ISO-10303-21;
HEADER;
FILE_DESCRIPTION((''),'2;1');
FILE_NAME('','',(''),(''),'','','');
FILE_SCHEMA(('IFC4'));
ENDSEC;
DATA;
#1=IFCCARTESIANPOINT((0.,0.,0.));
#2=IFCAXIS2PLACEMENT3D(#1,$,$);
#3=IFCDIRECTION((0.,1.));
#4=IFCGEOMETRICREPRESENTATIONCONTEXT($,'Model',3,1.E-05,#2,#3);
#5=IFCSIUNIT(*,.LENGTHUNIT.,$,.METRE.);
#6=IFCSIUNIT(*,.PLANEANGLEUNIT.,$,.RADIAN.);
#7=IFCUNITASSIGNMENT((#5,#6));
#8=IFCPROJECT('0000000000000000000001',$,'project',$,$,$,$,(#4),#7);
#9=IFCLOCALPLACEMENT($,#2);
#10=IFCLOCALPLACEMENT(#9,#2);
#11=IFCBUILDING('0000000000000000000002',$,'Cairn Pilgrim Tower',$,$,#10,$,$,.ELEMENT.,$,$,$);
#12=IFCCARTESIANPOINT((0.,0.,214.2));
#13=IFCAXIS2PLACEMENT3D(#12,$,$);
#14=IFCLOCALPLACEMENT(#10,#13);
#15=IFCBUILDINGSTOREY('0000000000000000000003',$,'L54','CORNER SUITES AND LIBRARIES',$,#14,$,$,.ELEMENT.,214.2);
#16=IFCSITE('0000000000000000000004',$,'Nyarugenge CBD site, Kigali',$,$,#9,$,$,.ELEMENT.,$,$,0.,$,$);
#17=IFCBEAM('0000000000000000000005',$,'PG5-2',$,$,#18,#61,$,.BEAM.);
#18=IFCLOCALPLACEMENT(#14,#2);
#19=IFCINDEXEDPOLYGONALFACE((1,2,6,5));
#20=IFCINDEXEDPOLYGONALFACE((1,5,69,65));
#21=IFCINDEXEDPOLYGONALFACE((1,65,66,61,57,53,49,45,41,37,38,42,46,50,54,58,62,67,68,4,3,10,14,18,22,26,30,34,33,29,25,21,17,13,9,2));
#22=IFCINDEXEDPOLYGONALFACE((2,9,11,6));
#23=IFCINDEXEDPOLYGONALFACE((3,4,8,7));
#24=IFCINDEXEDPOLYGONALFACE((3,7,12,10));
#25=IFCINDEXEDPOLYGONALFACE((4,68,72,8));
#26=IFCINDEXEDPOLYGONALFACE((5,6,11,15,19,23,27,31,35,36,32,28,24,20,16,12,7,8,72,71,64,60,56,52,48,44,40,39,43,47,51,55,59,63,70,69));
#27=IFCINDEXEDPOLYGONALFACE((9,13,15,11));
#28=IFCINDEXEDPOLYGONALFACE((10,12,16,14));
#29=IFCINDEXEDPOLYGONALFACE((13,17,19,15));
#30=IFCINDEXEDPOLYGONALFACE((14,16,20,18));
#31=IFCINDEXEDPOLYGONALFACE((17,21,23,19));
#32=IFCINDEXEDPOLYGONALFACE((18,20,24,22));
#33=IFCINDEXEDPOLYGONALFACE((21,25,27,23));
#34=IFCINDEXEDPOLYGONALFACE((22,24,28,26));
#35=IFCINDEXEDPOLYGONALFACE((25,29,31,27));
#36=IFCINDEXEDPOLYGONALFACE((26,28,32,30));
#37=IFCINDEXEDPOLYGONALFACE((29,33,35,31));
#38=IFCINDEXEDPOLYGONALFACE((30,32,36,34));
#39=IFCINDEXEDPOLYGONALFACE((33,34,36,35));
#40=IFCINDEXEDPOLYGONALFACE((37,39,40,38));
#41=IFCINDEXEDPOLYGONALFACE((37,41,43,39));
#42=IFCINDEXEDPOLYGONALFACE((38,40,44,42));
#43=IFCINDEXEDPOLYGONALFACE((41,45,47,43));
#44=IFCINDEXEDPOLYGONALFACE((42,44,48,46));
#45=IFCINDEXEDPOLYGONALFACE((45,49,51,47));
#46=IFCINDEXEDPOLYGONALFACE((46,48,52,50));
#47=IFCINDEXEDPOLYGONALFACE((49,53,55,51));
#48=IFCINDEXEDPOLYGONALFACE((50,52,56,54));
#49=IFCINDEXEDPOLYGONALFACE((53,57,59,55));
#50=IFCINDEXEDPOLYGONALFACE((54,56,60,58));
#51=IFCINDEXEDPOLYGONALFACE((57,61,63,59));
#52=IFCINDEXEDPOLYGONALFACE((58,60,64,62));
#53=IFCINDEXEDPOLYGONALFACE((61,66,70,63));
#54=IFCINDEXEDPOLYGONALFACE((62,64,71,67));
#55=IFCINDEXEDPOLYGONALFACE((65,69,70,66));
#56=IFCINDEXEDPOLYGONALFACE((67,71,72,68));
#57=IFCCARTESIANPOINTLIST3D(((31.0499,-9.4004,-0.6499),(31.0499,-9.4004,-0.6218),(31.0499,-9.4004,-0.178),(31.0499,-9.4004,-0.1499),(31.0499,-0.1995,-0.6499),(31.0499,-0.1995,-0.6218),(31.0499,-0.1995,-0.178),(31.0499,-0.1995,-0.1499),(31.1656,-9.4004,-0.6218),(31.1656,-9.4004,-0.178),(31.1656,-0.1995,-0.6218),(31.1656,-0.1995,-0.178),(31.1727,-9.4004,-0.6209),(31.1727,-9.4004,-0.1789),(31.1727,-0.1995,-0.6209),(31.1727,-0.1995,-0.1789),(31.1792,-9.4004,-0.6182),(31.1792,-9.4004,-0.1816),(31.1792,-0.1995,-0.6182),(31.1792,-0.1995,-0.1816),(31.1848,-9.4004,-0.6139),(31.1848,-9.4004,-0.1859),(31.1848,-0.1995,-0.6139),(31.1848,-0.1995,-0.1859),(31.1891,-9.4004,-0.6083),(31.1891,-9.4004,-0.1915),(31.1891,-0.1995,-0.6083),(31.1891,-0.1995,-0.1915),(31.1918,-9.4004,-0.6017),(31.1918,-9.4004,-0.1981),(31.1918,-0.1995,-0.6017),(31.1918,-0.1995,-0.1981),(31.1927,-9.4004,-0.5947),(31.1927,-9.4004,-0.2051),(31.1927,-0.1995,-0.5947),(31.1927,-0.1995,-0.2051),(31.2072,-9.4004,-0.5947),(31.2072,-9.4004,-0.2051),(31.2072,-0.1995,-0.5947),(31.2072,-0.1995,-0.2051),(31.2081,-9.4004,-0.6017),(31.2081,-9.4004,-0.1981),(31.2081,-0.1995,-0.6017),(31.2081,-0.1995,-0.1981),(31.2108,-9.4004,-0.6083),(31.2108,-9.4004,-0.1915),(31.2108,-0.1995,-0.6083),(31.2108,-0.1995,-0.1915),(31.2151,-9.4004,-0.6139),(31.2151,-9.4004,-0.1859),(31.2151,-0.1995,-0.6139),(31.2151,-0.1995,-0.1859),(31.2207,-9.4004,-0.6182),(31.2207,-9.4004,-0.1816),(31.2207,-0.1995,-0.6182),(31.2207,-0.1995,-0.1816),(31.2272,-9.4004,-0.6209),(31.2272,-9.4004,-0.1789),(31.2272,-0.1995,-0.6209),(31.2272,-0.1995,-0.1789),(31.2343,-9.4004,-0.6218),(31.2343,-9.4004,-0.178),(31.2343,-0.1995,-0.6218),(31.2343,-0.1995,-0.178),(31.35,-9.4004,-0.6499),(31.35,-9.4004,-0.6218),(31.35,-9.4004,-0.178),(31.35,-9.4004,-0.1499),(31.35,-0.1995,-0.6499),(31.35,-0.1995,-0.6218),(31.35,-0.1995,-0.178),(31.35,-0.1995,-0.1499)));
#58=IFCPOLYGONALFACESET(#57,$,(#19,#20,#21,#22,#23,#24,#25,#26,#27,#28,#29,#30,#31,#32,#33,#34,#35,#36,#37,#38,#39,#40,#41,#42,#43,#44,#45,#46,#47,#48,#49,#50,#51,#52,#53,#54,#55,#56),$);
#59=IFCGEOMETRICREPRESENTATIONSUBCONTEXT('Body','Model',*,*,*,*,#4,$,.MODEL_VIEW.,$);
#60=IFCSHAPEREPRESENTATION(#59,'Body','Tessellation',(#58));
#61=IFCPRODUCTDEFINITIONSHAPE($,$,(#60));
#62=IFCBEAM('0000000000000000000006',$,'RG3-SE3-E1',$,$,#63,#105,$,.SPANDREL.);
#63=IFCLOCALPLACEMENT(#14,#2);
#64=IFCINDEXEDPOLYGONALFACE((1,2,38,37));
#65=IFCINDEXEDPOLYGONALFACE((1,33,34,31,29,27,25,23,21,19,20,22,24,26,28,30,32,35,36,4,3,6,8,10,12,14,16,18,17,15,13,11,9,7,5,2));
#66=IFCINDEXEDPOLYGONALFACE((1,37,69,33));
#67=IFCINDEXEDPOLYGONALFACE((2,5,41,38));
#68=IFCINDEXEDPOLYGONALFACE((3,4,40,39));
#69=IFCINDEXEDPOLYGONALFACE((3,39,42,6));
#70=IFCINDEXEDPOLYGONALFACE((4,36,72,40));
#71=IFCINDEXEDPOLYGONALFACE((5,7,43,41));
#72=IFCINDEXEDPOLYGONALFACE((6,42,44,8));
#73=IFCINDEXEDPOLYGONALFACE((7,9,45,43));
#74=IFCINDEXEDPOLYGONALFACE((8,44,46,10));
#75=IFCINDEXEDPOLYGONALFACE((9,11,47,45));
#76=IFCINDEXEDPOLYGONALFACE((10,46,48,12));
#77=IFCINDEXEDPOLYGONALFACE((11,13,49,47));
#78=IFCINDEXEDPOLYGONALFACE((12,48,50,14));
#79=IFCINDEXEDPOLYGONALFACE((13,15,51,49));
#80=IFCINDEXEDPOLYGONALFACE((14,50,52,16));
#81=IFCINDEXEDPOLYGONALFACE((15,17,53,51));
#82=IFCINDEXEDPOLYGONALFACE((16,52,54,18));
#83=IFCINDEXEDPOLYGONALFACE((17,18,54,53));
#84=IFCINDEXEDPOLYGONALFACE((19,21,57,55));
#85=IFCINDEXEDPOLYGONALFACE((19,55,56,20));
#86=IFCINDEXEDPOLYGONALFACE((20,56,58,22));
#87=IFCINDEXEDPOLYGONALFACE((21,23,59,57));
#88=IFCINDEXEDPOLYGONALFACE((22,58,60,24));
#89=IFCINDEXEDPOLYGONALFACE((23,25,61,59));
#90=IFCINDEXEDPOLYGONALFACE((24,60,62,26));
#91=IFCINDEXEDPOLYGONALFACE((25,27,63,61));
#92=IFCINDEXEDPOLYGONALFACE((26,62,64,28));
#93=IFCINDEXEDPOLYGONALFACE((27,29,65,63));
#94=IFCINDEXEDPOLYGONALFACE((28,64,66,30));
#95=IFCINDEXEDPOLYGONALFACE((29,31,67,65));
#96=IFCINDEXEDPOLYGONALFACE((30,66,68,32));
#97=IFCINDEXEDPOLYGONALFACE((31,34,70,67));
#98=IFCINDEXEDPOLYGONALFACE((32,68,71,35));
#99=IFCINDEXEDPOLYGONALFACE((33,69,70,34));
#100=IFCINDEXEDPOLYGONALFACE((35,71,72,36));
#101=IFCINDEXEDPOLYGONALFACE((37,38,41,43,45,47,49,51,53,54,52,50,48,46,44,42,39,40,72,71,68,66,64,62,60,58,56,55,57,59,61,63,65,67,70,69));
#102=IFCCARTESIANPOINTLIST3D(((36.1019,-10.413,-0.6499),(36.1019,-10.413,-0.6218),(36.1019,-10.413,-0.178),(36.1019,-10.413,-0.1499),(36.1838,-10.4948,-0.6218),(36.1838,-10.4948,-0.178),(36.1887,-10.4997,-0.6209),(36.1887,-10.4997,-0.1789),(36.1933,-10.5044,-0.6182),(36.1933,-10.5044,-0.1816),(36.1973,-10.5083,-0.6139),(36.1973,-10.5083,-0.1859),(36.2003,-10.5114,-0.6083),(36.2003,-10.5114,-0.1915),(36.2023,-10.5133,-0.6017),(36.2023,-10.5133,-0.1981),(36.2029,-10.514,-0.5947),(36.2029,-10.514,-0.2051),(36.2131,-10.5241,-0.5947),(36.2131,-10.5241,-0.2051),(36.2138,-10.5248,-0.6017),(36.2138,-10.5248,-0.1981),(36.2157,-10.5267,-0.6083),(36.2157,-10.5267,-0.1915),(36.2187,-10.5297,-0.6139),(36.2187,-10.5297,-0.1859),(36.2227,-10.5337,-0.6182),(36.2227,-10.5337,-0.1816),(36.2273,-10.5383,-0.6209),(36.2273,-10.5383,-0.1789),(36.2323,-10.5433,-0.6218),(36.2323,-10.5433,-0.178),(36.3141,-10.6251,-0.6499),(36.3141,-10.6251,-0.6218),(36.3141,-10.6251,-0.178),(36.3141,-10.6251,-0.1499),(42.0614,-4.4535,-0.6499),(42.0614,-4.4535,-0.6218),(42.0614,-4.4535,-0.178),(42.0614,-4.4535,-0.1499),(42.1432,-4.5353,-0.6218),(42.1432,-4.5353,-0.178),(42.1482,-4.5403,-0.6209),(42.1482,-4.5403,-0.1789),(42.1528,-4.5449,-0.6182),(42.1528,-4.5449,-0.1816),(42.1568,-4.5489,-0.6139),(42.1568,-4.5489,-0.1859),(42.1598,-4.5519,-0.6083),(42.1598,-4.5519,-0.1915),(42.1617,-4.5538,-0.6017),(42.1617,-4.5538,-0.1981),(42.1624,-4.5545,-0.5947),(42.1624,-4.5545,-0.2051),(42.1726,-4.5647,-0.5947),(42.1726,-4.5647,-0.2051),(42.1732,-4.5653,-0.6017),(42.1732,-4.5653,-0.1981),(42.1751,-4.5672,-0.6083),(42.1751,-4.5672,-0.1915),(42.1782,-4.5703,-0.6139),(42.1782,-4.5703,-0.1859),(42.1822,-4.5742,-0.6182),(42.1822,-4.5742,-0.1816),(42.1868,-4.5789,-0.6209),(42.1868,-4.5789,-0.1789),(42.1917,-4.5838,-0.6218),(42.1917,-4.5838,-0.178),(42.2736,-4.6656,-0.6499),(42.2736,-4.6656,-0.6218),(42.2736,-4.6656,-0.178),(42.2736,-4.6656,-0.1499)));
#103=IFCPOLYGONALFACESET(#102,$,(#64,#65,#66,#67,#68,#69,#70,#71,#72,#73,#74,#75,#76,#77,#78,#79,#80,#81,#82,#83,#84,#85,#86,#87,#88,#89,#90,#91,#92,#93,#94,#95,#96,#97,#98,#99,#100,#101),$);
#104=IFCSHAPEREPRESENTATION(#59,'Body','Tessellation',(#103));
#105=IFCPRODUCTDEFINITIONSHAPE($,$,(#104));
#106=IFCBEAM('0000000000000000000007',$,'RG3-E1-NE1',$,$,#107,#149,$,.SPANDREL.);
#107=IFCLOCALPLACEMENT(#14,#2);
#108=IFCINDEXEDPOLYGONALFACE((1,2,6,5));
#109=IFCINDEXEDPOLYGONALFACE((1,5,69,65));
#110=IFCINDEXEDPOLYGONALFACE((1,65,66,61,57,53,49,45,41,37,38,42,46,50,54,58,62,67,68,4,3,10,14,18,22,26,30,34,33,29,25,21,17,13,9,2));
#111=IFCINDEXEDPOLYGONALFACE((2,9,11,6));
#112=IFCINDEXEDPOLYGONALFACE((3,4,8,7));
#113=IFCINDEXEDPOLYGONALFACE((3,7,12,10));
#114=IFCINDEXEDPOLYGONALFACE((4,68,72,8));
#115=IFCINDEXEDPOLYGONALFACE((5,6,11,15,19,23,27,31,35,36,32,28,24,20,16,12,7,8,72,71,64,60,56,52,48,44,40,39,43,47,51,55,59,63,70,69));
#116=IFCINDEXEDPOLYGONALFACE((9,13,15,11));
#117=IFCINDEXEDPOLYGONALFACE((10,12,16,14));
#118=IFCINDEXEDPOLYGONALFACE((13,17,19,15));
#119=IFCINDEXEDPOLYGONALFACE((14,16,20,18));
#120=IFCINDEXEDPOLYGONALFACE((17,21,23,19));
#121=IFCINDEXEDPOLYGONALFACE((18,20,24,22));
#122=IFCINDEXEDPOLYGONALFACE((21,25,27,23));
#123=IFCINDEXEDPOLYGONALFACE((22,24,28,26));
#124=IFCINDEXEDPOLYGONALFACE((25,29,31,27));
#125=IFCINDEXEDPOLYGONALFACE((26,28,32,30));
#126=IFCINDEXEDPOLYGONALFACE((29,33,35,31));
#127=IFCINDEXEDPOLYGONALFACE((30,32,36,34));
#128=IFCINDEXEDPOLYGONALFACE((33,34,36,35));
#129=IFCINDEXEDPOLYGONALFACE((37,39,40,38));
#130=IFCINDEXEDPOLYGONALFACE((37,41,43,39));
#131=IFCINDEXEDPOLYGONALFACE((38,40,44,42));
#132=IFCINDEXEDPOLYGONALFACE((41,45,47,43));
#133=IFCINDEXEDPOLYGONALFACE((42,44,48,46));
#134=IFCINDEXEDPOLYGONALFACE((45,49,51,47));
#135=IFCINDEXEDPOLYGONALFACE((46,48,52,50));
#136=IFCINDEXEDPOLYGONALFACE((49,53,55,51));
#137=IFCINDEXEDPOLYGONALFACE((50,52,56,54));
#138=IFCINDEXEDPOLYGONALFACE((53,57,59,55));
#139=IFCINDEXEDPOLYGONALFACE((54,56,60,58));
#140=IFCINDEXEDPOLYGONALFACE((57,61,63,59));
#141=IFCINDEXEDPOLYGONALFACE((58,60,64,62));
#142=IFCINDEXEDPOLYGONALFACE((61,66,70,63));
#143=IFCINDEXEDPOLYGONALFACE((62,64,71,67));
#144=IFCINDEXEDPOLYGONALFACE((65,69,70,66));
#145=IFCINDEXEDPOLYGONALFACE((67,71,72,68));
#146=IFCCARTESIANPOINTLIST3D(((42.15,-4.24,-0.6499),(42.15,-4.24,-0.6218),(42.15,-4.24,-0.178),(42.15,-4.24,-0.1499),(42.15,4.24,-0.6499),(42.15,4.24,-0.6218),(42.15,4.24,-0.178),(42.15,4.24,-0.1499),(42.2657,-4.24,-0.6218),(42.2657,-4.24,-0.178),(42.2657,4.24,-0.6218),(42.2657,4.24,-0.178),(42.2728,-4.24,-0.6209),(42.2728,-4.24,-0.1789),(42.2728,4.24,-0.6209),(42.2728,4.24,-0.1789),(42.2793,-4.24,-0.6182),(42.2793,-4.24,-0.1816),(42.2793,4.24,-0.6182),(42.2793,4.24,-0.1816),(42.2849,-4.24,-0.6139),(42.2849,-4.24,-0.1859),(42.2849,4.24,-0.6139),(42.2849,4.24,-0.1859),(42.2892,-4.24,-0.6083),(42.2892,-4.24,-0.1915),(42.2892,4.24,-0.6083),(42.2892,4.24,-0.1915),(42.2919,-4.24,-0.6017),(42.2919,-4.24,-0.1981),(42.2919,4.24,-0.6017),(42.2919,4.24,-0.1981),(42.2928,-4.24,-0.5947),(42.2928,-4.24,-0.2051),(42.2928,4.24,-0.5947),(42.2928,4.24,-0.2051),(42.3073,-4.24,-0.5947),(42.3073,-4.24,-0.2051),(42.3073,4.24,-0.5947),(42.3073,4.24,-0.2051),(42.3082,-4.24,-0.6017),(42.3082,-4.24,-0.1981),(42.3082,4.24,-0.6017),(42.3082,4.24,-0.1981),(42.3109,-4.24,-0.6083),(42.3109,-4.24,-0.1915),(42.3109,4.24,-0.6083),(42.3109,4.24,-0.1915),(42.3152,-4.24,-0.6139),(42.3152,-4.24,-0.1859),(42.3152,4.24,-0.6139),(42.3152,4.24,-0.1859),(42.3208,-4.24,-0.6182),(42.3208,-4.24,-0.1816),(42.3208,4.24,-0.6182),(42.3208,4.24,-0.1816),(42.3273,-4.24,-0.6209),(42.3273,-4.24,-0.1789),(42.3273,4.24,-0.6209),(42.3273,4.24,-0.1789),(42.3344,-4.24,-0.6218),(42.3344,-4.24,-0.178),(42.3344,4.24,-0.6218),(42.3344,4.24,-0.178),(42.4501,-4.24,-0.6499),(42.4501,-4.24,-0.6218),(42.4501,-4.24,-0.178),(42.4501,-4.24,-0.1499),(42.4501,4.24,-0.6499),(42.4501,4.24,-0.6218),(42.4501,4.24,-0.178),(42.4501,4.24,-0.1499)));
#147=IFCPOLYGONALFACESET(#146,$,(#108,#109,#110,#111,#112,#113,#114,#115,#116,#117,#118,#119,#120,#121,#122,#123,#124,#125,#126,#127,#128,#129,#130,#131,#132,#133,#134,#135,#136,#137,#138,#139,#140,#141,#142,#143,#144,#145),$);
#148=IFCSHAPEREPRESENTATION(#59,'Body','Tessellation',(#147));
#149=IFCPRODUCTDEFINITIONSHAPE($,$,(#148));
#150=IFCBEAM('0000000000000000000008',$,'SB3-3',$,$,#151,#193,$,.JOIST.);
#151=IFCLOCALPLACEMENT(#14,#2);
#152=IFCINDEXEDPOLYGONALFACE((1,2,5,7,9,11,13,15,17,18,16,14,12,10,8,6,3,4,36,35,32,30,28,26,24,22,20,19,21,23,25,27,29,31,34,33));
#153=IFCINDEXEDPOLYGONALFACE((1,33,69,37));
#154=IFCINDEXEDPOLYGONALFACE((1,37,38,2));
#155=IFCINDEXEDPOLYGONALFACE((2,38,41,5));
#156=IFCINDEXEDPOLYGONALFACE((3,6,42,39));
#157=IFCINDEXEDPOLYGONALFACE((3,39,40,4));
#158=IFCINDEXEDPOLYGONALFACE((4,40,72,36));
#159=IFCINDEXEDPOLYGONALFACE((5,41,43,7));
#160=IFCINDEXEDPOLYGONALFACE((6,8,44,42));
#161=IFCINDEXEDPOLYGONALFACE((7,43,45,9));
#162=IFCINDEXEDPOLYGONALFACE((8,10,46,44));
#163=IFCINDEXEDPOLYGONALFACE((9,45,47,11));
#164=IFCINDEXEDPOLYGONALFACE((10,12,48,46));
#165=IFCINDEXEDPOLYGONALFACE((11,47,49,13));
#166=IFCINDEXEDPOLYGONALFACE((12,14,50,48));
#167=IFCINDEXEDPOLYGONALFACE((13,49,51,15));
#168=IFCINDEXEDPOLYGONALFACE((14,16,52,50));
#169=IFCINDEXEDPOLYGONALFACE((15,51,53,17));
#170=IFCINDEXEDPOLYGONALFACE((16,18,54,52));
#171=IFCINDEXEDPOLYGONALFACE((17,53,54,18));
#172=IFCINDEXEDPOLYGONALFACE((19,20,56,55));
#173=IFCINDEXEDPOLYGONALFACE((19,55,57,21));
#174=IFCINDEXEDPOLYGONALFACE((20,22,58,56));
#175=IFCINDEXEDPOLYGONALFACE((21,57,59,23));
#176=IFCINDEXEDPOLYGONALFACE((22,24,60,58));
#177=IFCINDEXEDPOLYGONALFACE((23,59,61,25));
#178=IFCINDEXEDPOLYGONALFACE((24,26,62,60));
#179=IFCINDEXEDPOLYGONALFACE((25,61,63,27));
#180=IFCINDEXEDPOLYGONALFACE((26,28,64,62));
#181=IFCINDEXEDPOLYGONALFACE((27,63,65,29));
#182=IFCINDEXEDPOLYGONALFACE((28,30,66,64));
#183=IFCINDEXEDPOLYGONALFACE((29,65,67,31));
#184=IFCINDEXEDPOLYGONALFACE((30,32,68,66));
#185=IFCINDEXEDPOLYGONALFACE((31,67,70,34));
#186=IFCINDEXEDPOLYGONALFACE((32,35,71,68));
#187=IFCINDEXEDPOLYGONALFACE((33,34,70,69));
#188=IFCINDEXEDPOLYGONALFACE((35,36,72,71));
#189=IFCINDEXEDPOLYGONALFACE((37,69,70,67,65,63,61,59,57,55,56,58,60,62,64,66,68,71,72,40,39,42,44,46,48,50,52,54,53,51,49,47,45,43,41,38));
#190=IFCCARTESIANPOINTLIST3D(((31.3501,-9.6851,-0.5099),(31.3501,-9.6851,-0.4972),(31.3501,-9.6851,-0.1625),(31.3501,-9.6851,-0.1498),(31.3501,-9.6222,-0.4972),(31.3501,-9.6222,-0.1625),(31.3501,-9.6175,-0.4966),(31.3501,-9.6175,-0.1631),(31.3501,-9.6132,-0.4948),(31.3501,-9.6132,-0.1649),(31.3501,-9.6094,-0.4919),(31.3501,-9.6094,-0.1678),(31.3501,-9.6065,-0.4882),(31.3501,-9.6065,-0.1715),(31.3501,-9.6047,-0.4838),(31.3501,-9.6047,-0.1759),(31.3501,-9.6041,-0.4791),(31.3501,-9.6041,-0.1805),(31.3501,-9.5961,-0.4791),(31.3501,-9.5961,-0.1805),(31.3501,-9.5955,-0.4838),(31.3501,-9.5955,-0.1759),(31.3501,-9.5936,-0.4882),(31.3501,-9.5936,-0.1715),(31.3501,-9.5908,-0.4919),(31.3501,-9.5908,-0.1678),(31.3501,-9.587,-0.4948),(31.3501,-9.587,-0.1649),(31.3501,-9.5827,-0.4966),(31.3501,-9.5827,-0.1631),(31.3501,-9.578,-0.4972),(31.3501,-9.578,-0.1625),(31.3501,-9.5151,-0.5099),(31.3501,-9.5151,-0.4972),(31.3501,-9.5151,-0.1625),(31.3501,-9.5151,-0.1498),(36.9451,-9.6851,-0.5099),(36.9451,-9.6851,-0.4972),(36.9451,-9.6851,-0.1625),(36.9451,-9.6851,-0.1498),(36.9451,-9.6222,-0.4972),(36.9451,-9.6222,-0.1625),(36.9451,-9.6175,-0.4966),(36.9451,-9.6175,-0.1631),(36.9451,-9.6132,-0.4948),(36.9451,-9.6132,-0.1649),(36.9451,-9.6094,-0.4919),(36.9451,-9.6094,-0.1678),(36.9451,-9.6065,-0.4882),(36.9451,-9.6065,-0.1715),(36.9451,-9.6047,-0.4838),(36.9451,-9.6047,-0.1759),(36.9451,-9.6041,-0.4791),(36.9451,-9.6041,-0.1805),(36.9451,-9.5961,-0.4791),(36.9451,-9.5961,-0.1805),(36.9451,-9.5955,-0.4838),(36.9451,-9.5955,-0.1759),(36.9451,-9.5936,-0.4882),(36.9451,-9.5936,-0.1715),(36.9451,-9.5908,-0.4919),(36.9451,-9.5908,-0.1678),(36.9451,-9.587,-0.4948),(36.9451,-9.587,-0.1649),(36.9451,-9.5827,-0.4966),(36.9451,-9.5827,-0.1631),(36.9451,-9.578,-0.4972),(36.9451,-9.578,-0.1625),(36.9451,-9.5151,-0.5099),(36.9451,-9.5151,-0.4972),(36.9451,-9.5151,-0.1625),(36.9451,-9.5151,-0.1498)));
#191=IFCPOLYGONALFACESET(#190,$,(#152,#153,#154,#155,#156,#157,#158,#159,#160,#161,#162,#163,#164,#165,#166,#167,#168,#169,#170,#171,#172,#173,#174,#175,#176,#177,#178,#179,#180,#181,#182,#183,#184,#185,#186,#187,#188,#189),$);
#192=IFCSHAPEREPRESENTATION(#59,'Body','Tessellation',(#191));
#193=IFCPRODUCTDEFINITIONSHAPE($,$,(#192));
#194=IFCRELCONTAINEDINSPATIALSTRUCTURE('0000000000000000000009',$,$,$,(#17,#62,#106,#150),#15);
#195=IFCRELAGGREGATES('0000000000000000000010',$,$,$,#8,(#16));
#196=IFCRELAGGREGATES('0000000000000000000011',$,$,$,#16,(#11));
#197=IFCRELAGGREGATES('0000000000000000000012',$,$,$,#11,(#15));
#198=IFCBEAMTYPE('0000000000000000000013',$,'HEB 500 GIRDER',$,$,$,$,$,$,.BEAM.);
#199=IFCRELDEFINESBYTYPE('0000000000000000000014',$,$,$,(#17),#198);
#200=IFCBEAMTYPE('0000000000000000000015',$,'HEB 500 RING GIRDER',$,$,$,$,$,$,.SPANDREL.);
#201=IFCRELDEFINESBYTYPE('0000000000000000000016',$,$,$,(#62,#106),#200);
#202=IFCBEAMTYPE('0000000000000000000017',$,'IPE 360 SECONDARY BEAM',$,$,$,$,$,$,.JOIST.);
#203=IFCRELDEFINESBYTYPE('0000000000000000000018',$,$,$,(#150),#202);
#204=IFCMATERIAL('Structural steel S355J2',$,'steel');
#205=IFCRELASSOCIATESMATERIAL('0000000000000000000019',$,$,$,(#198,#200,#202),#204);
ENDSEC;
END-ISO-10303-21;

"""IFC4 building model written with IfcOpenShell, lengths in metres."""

from ifc_helpers import new_model, si_unit, direction, frame, origin, origin_2d, place, context, subcontext, project, spatial, i_section, extrude, material, material_profile, profile_set, type_object, element, save


model = new_model("IFC4")

# Units and contexts
model_context = context("Model", 3, precision=1e-05, world=origin(), true_north=direction((0.0, 1.0)))
body_context = subcontext(model_context, "Body", "Model", "MODEL_VIEW")
ifc_project = project(units=[si_unit("LENGTHUNIT", "METRE"), si_unit("PLANEANGLEUNIT", "RADIAN")], contexts=[model_context])

# Site, building, storey
site_placement = place(None, origin())
site = spatial("IfcSite", under=ifc_project, at=site_placement, Name="Nyarugenge CBD site, Kigali", CompositionType="ELEMENT", RefElevation=0.0)
building_placement = place(site_placement, origin())
building = spatial("IfcBuilding", under=site, at=building_placement, Name="Cairn Pilgrim Tower", CompositionType="ELEMENT")
storey_placement = place(building_placement, frame((0.0, 0.0, 214.2)))
storey = spatial("IfcBuildingStorey", under=building, at=storey_placement, Name="L54", Description="CORNER SUITES AND LIBRARIES", CompositionType="ELEMENT", Elevation=214.2)

# Shared definitions
ifc_material_1 = material(Name="Structural steel S355J2", Category="steel")

# Beams
ifc_material_profile_1 = material_profile(ifc_material_1, i_section(OverallWidth=0.3, OverallDepth=0.5, WebThickness=0.0144, FlangeThickness=0.0281, FilletRadius=0.0271, at=origin_2d()), Name="HEB 500")
ifc_profile_set_1 = profile_set([ifc_material_profile_1], Name="Structural steel S355J2")
beam_type_1 = type_object("IfcBeamType", Name="HEB 500 GIRDER", PredefinedType="BEAM", material=ifc_profile_set_1)
beam_1_placement = place(storey_placement, frame((31.2, -9.4004, -0.3999), z_axis=(0.0, 1.0, 0.0), x_axis=(-1.0, 0.0, 0.0)))
element("IfcBeam", 1, at=beam_1_placement, inside=storey, type_object=beam_type_1, Name="PG5-2", PredefinedType="BEAM", context=body_context, shape_type="SweptSolid", body=[
    extrude(i_section(OverallWidth=0.3, OverallDepth=0.5, WebThickness=0.0144, FlangeThickness=0.0281, FilletRadius=0.0271, at=origin_2d()), origin(), (0.0, 0.0, 1.0), 9.2009),
])
ifc_material_profile_2 = material_profile(ifc_material_1, i_section(OverallWidth=0.3, OverallDepth=0.5, WebThickness=0.0144, FlangeThickness=0.0281, FilletRadius=0.0271, at=origin_2d()), Name="HEB 500")
ifc_profile_set_2 = profile_set([ifc_material_profile_2], Name="Structural steel S355J2")
beam_type_2 = type_object("IfcBeamType", Name="HEB 500 RING GIRDER", PredefinedType="SPANDREL", material=ifc_profile_set_2)
beam_2_placement = place(storey_placement, frame((36.208, -10.519, -0.3999), z_axis=(0.707107, 0.707107, 0.0), x_axis=(-0.707107, 0.707107, 0.0)))
element("IfcBeam", 2, at=beam_2_placement, inside=storey, type_object=beam_type_2, Name="RG3-SE3-E1", PredefinedType="SPANDREL", context=body_context, shape_type="SweptSolid", body=[
    extrude(i_section(OverallWidth=0.3, OverallDepth=0.5, WebThickness=0.0144, FlangeThickness=0.0281, FilletRadius=0.0271, at=origin_2d()), origin(), (0.0, 0.0, 1.0), 8.428),
])
beam_3_placement = place(storey_placement, frame((42.3, -4.24, -0.3999), z_axis=(0.0, 1.0, 0.0), x_axis=(-1.0, 0.0, 0.0)))
element("IfcBeam", 3, at=beam_3_placement, inside=storey, type_object=beam_type_2, Name="RG3-E1-NE1", PredefinedType="SPANDREL", context=body_context, shape_type="SweptSolid", body=[
    extrude(i_section(OverallWidth=0.3, OverallDepth=0.5, WebThickness=0.0144, FlangeThickness=0.0281, FilletRadius=0.0271, at=origin_2d()), origin(), (0.0, 0.0, 1.0), 8.48),
])
ifc_material_profile_3 = material_profile(ifc_material_1, i_section(OverallWidth=0.1699, OverallDepth=0.3601, WebThickness=0.0081, FlangeThickness=0.0127, FilletRadius=0.0181, at=origin_2d()), Name="IPE 360")
ifc_profile_set_3 = profile_set([ifc_material_profile_3], Name="Structural steel S355J2")
beam_type_3 = type_object("IfcBeamType", Name="IPE 360 SECONDARY BEAM", PredefinedType="JOIST", material=ifc_profile_set_3)
beam_4_placement = place(storey_placement, frame((31.3501, -9.6001, -0.3298), z_axis=(1.0, 0.0, 0.0), x_axis=(0.0, 1.0, 0.0)))
element("IfcBeam", 4, at=beam_4_placement, inside=storey, type_object=beam_type_3, Name="SB3-3", PredefinedType="JOIST", context=body_context, shape_type="SweptSolid", body=[
    extrude(i_section(OverallWidth=0.1699, OverallDepth=0.3601, WebThickness=0.0081, FlangeThickness=0.0127, FilletRadius=0.0181, at=origin_2d()), origin(), (0.0, 0.0, 1.0), 5.595),
])

save(model, "model.ifc")
